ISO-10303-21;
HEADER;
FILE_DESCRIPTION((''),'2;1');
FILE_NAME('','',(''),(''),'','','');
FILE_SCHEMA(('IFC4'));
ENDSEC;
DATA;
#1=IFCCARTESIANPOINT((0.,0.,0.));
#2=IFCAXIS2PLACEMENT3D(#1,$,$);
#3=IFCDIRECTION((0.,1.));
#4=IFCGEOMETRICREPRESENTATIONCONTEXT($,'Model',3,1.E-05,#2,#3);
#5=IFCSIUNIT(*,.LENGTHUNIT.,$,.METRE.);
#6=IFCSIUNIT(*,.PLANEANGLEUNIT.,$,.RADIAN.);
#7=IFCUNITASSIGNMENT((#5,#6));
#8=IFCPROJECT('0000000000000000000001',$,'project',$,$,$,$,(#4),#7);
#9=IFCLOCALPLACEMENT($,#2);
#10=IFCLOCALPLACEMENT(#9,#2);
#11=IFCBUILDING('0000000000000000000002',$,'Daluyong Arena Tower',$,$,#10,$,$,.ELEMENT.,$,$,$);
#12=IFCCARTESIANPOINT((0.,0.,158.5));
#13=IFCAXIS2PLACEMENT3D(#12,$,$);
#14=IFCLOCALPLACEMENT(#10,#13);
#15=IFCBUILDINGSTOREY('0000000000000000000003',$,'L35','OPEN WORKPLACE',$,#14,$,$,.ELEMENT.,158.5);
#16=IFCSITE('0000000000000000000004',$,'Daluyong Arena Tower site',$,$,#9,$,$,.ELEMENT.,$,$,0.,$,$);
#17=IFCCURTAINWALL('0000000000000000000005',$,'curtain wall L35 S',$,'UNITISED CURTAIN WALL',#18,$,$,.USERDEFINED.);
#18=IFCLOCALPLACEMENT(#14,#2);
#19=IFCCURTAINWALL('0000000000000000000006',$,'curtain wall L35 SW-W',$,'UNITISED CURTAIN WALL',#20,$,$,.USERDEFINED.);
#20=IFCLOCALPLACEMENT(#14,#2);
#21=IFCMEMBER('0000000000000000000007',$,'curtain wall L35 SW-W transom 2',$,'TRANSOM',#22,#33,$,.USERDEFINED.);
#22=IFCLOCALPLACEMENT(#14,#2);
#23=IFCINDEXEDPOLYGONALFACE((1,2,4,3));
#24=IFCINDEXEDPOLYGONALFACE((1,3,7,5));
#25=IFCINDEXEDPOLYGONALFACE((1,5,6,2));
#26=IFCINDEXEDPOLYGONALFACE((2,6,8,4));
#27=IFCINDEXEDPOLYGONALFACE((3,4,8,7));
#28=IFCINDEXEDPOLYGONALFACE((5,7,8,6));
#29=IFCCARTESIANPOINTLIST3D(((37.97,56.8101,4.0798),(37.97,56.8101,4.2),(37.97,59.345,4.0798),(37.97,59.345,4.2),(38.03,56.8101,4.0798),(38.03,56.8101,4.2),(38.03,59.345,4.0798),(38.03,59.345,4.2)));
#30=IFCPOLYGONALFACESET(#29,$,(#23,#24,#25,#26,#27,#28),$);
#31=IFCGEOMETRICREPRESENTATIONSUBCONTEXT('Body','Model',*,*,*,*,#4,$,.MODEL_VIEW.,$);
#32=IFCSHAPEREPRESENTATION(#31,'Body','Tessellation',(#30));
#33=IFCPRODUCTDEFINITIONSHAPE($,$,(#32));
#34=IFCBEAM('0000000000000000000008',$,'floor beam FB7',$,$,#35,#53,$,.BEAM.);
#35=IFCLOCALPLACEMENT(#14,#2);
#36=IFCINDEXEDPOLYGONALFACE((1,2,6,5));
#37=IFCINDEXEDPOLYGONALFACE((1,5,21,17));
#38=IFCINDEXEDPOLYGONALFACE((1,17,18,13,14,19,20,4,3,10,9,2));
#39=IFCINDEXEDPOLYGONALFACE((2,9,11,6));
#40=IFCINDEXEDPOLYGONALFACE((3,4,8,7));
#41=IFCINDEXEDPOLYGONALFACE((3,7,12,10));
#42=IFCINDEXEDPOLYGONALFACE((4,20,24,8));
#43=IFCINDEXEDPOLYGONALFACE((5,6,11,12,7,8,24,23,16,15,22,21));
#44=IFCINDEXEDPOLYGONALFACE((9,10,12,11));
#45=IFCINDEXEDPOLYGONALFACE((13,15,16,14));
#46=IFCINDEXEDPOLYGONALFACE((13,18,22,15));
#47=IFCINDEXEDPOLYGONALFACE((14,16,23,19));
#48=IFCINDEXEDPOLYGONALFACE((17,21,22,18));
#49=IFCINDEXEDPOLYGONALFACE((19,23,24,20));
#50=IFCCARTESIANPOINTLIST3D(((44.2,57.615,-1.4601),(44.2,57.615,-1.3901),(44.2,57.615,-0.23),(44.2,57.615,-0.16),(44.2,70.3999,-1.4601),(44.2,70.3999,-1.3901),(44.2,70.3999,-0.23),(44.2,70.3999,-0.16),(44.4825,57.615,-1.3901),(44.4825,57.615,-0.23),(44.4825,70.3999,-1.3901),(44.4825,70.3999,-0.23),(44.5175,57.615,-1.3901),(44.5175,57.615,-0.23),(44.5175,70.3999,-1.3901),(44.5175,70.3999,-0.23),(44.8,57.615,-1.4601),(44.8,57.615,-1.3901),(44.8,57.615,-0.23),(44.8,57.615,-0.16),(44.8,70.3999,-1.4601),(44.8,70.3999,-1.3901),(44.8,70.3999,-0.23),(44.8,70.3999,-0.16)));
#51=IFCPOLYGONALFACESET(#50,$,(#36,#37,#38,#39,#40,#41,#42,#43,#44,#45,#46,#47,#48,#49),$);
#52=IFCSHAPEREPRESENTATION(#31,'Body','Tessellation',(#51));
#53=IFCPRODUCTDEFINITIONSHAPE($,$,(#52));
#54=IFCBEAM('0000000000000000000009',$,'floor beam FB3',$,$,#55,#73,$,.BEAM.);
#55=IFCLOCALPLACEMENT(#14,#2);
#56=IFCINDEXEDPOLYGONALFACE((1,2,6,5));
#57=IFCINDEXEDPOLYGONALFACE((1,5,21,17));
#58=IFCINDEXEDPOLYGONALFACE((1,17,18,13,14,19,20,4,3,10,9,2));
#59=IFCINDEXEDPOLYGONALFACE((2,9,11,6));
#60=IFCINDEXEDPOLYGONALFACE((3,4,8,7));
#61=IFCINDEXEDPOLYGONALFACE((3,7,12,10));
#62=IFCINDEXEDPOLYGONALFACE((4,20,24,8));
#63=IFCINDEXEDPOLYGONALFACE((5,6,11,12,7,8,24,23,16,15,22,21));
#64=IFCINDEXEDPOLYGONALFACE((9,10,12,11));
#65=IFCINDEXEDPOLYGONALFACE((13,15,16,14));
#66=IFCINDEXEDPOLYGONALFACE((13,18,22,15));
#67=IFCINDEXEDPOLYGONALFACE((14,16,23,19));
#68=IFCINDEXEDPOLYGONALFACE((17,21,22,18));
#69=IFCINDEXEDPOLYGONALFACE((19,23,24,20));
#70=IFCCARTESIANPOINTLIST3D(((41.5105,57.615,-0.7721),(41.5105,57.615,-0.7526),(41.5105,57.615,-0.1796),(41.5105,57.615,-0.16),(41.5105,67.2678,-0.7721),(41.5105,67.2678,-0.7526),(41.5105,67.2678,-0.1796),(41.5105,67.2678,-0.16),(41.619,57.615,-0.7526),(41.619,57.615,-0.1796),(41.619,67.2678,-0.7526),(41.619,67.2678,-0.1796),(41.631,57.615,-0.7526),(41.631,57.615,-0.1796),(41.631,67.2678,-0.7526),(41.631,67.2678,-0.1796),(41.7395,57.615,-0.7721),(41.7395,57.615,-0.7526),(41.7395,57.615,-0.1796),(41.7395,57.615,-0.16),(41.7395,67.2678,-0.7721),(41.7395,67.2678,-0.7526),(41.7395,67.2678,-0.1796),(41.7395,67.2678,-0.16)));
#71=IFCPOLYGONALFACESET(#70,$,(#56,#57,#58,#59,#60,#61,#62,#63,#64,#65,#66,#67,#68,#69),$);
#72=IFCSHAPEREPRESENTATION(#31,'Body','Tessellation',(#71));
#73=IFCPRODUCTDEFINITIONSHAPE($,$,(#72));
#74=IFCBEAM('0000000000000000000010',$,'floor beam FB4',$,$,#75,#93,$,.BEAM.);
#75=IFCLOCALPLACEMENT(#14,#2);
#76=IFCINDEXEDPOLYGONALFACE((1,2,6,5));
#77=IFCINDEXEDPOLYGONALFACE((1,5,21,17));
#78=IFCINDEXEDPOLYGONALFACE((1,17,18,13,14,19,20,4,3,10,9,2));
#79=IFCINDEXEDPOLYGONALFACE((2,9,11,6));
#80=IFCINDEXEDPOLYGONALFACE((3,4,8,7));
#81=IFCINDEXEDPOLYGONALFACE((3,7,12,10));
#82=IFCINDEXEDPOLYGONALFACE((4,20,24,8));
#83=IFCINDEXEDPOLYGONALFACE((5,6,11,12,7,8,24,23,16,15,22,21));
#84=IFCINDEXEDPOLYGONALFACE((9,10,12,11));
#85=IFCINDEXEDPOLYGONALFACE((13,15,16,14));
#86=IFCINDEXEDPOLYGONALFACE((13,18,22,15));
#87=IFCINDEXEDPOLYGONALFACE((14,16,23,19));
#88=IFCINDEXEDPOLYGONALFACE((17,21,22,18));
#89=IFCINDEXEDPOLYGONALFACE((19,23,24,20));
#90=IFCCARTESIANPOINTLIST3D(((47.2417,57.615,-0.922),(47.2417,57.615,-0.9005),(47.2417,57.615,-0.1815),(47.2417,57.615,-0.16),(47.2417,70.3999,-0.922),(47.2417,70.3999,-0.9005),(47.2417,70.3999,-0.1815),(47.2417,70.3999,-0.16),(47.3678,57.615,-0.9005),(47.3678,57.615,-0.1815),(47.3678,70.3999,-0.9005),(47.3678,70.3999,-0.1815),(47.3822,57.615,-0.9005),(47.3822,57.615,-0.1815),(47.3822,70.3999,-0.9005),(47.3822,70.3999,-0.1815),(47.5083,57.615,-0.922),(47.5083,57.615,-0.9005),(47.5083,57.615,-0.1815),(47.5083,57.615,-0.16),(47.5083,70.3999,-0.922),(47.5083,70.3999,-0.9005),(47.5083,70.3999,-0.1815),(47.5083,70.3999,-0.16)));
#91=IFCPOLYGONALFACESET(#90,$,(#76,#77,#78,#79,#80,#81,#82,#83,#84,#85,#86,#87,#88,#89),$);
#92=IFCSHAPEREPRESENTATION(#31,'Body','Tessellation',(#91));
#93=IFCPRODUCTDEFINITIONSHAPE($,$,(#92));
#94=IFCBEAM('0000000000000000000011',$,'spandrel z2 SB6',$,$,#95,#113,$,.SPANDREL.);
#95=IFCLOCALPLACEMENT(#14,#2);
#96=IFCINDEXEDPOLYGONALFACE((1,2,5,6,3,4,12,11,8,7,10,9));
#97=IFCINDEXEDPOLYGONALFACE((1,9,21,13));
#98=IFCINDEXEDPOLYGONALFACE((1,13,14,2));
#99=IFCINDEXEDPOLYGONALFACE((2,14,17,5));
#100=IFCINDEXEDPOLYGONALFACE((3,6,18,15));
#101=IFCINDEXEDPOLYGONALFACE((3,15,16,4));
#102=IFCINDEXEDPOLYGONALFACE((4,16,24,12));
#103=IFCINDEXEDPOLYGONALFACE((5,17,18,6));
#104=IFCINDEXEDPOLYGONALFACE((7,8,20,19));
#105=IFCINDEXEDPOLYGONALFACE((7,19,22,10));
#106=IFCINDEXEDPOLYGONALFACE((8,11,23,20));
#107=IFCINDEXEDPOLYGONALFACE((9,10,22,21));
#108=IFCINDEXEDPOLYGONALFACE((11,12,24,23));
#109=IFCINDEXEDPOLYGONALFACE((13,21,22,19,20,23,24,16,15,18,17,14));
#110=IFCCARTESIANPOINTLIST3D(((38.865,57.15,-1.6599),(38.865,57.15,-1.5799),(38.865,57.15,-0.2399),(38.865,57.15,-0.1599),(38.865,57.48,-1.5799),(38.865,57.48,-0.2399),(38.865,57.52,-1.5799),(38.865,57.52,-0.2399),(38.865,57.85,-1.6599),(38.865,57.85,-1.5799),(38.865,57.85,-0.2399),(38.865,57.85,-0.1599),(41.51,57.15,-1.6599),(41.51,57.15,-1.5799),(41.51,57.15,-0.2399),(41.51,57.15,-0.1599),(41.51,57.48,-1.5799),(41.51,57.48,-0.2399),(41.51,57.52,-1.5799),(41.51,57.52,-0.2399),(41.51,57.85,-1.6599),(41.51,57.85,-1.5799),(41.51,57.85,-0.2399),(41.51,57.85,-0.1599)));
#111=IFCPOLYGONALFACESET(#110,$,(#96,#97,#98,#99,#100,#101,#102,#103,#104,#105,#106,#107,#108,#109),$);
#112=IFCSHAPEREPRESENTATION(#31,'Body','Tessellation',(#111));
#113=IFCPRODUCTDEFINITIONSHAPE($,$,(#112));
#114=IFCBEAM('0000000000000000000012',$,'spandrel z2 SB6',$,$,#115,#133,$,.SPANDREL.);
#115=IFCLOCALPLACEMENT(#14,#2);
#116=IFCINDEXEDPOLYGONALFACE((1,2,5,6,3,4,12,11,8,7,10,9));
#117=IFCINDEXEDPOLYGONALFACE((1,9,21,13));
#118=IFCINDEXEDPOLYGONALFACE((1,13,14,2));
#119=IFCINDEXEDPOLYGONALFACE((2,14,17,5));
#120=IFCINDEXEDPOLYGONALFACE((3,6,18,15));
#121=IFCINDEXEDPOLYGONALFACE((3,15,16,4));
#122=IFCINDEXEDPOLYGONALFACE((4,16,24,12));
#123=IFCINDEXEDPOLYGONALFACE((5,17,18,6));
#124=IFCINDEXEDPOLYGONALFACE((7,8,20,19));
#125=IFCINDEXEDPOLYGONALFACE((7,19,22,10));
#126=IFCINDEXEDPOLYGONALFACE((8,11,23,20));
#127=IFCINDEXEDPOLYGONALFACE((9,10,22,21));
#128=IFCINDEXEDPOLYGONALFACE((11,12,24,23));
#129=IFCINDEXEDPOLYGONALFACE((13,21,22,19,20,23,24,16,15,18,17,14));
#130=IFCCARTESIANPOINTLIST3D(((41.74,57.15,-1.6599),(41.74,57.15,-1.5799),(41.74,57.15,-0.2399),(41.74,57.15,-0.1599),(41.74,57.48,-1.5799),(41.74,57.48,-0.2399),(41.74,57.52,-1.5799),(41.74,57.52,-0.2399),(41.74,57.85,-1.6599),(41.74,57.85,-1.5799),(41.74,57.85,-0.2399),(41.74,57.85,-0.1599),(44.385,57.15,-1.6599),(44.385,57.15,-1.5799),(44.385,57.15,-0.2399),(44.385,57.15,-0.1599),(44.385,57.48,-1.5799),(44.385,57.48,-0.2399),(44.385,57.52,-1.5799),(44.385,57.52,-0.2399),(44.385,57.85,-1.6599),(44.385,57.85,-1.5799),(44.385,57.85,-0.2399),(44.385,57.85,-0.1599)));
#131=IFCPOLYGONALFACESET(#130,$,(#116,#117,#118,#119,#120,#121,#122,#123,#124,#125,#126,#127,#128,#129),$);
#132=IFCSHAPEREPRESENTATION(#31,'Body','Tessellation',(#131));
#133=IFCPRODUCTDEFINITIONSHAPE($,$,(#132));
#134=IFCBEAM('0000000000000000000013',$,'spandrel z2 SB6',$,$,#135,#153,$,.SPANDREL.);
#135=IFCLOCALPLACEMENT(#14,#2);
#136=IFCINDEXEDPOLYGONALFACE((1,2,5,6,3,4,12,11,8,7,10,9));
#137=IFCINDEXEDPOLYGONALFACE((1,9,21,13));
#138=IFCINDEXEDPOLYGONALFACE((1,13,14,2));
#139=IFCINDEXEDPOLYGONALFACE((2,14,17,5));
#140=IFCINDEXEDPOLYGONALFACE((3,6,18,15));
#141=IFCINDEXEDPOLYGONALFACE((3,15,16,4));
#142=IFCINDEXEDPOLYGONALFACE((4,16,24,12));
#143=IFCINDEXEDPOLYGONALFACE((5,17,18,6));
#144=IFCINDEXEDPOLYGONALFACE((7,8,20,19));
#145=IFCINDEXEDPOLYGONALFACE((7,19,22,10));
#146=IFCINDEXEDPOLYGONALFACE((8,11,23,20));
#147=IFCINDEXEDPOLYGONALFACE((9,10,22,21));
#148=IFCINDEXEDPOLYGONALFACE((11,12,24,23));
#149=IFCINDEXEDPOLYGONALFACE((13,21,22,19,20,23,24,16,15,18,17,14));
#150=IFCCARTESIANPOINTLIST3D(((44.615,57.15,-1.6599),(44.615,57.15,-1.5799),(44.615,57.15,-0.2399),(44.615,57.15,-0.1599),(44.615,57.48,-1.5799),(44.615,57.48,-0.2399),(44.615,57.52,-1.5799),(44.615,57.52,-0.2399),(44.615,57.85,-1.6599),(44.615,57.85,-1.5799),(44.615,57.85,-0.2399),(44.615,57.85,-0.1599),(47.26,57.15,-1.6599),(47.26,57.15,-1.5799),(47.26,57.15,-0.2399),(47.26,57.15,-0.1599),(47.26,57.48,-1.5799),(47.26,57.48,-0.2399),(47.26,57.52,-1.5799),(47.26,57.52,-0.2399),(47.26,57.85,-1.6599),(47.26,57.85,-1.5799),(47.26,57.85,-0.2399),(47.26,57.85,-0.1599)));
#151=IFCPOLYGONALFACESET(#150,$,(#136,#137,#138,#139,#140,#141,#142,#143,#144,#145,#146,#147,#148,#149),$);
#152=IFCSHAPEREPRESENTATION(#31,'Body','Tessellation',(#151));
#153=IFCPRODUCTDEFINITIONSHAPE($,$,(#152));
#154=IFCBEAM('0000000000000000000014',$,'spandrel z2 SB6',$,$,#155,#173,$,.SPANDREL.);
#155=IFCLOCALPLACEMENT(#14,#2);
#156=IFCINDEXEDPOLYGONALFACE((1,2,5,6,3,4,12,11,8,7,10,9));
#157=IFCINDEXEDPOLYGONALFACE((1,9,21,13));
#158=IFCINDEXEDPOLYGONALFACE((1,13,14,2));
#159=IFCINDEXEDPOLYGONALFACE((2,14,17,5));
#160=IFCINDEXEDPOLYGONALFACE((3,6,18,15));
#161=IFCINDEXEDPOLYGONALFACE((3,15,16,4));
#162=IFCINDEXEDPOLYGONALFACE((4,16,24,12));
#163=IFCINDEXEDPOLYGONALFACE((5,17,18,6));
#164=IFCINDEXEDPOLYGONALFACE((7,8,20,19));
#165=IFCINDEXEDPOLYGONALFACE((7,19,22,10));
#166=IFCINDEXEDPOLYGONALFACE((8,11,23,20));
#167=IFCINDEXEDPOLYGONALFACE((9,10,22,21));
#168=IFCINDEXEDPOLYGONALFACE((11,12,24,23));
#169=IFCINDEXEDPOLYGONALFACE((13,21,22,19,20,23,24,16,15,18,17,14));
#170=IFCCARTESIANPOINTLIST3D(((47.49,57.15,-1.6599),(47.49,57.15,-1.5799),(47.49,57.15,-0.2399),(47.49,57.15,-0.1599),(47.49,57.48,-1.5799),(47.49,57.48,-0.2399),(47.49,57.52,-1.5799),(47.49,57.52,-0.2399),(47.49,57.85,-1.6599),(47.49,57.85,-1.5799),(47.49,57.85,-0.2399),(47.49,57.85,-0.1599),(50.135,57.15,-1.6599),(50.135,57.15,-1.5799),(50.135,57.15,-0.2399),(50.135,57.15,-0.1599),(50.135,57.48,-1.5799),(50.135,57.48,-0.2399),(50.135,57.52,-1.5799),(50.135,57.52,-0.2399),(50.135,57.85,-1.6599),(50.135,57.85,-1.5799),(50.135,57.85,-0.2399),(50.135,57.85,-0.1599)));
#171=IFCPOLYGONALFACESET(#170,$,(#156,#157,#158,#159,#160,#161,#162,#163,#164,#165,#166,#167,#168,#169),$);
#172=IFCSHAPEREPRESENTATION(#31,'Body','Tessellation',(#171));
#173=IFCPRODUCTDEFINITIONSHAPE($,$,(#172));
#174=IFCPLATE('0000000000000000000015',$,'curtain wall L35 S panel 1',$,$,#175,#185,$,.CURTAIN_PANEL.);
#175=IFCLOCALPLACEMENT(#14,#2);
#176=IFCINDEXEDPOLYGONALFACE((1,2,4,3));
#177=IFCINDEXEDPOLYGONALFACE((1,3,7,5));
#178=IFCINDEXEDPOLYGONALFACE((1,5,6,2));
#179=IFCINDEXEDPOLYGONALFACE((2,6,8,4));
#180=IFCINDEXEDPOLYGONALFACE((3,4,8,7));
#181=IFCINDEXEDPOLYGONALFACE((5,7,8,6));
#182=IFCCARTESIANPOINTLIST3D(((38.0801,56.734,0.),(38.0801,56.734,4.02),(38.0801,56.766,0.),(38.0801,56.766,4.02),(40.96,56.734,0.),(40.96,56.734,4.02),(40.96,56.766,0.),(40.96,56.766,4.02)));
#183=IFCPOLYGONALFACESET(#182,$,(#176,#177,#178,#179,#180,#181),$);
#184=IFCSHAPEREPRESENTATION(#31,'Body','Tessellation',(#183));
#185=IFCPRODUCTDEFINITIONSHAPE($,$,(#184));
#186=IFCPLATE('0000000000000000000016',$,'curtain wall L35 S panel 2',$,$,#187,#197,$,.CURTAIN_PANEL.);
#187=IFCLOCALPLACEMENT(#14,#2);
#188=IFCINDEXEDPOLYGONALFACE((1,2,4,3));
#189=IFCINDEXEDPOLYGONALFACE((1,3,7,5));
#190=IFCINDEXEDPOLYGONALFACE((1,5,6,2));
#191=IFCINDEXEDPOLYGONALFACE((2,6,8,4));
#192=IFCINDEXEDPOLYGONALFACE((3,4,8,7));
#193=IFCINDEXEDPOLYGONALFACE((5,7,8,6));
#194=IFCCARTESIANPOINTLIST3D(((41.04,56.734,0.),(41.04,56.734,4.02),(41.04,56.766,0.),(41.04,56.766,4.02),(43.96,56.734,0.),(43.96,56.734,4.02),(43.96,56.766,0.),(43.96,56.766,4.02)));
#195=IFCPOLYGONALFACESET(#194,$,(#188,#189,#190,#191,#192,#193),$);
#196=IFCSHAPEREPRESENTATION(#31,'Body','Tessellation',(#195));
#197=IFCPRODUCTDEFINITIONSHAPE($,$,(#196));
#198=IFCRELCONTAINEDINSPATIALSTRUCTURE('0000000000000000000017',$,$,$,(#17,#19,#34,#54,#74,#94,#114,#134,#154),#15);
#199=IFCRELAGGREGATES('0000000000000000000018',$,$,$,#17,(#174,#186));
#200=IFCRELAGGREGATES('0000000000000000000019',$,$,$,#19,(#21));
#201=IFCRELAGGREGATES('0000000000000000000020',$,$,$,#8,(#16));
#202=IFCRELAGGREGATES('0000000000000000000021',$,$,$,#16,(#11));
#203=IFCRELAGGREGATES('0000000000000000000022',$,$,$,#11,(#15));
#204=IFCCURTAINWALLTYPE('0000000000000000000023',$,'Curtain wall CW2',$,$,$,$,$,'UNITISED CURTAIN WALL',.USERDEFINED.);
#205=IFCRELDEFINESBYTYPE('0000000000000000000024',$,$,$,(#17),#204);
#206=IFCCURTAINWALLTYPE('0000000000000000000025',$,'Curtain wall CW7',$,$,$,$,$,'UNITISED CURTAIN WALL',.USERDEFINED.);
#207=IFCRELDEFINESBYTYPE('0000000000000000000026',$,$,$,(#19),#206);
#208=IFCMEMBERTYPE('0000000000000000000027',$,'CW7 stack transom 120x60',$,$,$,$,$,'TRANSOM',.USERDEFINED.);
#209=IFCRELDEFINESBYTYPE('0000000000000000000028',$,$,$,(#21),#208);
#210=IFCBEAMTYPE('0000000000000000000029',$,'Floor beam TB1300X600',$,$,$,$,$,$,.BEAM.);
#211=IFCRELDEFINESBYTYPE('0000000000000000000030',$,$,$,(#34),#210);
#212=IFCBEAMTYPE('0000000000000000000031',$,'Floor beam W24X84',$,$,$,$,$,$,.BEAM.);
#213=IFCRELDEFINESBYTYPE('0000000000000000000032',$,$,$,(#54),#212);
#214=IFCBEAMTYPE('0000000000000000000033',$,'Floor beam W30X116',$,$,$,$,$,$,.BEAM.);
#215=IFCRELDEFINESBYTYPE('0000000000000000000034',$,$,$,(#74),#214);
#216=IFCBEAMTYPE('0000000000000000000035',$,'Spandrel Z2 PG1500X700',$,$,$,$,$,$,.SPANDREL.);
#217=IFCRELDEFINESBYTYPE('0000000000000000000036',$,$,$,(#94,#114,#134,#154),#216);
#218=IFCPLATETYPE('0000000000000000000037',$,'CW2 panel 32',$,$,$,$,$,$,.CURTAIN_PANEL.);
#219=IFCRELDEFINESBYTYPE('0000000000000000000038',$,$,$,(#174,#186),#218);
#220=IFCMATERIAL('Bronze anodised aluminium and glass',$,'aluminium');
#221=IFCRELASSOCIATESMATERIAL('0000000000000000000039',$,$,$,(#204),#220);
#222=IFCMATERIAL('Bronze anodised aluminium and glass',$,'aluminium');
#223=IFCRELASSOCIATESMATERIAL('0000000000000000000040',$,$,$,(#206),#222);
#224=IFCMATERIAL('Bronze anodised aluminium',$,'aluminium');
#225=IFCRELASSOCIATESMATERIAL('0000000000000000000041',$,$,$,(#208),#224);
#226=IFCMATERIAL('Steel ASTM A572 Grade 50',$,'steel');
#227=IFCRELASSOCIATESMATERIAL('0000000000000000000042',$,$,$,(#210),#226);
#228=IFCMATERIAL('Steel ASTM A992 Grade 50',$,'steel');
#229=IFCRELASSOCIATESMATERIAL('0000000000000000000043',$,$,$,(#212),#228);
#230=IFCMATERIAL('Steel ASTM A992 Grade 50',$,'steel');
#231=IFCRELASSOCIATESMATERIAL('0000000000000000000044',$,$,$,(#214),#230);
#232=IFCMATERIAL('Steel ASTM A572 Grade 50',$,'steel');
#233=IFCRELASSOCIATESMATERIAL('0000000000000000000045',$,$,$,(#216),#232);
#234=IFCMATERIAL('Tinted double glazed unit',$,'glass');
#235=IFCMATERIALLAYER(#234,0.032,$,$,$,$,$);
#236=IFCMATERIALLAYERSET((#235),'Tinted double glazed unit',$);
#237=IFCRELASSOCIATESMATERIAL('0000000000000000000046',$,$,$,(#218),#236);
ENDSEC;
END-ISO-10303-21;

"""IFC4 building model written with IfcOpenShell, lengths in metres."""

from ifc_helpers import new_model, si_unit, direction, frame, origin, origin_2d, place, context, subcontext, project, spatial, rectangle, i_section, extrude, material, layer, layer_set, material_profile, profile_set, type_object, element, aggregate, save


model = new_model("IFC4")

# Units and contexts
model_context = context("Model", 3, precision=1e-05, world=origin(), true_north=direction((0.0, 1.0)))
body_context = subcontext(model_context, "Body", "Model", "MODEL_VIEW")
ifc_project = project(units=[si_unit("LENGTHUNIT", "METRE"), si_unit("PLANEANGLEUNIT", "RADIAN")], contexts=[model_context])

# Site, building, storey
site_placement = place(None, origin())
site = spatial("IfcSite", under=ifc_project, at=site_placement, Name="Daluyong Arena Tower site", CompositionType="ELEMENT", RefElevation=0.0)
building_placement = place(site_placement, origin())
building = spatial("IfcBuilding", under=site, at=building_placement, Name="Daluyong Arena Tower", CompositionType="ELEMENT")
storey_placement = place(building_placement, frame((0.0, 0.0, 158.5)))
storey = spatial("IfcBuildingStorey", under=building, at=storey_placement, Name="L35", Description="OPEN WORKPLACE", CompositionType="ELEMENT", Elevation=158.5)

# Curtain walls, member
ifc_material_1 = material(Name="Bronze anodised aluminium and glass", Category="aluminium")
curtain_wall_type_1 = type_object("IfcCurtainWallType", Name="Curtain wall CW2", ElementType="UNITISED CURTAIN WALL", PredefinedType="USERDEFINED", material=ifc_material_1)
curtain_wall_1_placement = place(storey_placement, origin())
curtain_wall_1 = element("IfcCurtainWall", 1, at=curtain_wall_1_placement, inside=storey, type_object=curtain_wall_type_1, Name="curtain wall L35 S", ObjectType="UNITISED CURTAIN WALL", PredefinedType="USERDEFINED")
ifc_material_2 = material(Name="Bronze anodised aluminium and glass", Category="aluminium")
curtain_wall_type_2 = type_object("IfcCurtainWallType", Name="Curtain wall CW7", ElementType="UNITISED CURTAIN WALL", PredefinedType="USERDEFINED", material=ifc_material_2)
curtain_wall_2_placement = place(storey_placement, origin())
curtain_wall_2 = element("IfcCurtainWall", 2, at=curtain_wall_2_placement, inside=storey, type_object=curtain_wall_type_2, Name="curtain wall L35 SW-W", ObjectType="UNITISED CURTAIN WALL", PredefinedType="USERDEFINED")
ifc_material_3 = material(Name="Bronze anodised aluminium", Category="aluminium")
ifc_material_profile_1 = material_profile(ifc_material_3, rectangle(XDim=0.0601, YDim=0.1201, at=origin_2d()))
ifc_profile_set_1 = profile_set([ifc_material_profile_1], Name="Bronze anodised aluminium")
member_type_1 = type_object("IfcMemberType", Name="CW7 stack transom 120x60", ElementType="TRANSOM", PredefinedType="USERDEFINED", material=ifc_profile_set_1)
member_1_placement = place(storey_placement, frame((38.0, 59.345, 4.1399), z_axis=(0.0, -1.0, 0.0), x_axis=(1.0, 0.0, 0.0)))
member_1 = element("IfcMember", 3, at=member_1_placement, type_object=member_type_1, Name="curtain wall L35 SW-W transom 2", ObjectType="TRANSOM", PredefinedType="USERDEFINED", context=body_context, shape_type="SweptSolid", body=[
    extrude(rectangle(XDim=0.0601, YDim=0.1201, at=origin_2d()), origin(), (0.0, 0.0, 1.0), 2.5349),
])

# Beams
ifc_material_4 = material(Name="Steel ASTM A572 Grade 50", Category="steel")
ifc_material_profile_2 = material_profile(ifc_material_4, i_section(OverallWidth=0.6001, OverallDepth=1.3, WebThickness=0.035, FlangeThickness=0.07, at=origin_2d()))
ifc_profile_set_2 = profile_set([ifc_material_profile_2], Name="Steel ASTM A572 Grade 50")
beam_type_1 = type_object("IfcBeamType", Name="Floor beam TB1300X600", PredefinedType="BEAM", material=ifc_profile_set_2)
beam_1_placement = place(storey_placement, frame((44.5, 57.615, -0.8101), z_axis=(0.0, 1.0, 0.0), x_axis=(-1.0, 0.0, 0.0)))
element("IfcBeam", 4, at=beam_1_placement, inside=storey, type_object=beam_type_1, Name="floor beam FB7", PredefinedType="BEAM", context=body_context, shape_type="SweptSolid", body=[
    extrude(i_section(OverallWidth=0.6001, OverallDepth=1.3, WebThickness=0.035, FlangeThickness=0.07, at=origin_2d()), origin(), (0.0, 0.0, 1.0), 12.7849),
])
ifc_material_5 = material(Name="Steel ASTM A992 Grade 50", Category="steel")
ifc_material_profile_3 = material_profile(ifc_material_5, i_section(OverallWidth=0.229, OverallDepth=0.6121, WebThickness=0.012, FlangeThickness=0.0195, at=origin_2d()))
ifc_profile_set_3 = profile_set([ifc_material_profile_3], Name="Steel ASTM A992 Grade 50")
beam_type_2 = type_object("IfcBeamType", Name="Floor beam W24X84", PredefinedType="BEAM", material=ifc_profile_set_3)
beam_2_placement = place(storey_placement, frame((41.625, 57.615, -0.4661), z_axis=(0.0, 1.0, 0.0), x_axis=(-1.0, 0.0, 0.0)))
element("IfcBeam", 5, at=beam_2_placement, inside=storey, type_object=beam_type_2, Name="floor beam FB3", PredefinedType="BEAM", context=body_context, shape_type="SweptSolid", body=[
    extrude(i_section(OverallWidth=0.229, OverallDepth=0.6121, WebThickness=0.012, FlangeThickness=0.0195, at=origin_2d()), origin(), (0.0, 0.0, 1.0), 9.6528),
])
ifc_material_6 = material(Name="Steel ASTM A992 Grade 50", Category="steel")
ifc_material_profile_4 = material_profile(ifc_material_6, i_section(OverallWidth=0.2666, OverallDepth=0.762, WebThickness=0.0144, FlangeThickness=0.0215, at=origin_2d()))
ifc_profile_set_4 = profile_set([ifc_material_profile_4], Name="Steel ASTM A992 Grade 50")
beam_type_3 = type_object("IfcBeamType", Name="Floor beam W30X116", PredefinedType="BEAM", material=ifc_profile_set_4)
beam_3_placement = place(storey_placement, frame((47.375, 57.615, -0.541), z_axis=(0.0, 1.0, 0.0), x_axis=(-1.0, 0.0, 0.0)))
element("IfcBeam", 6, at=beam_3_placement, inside=storey, type_object=beam_type_3, Name="floor beam FB4", PredefinedType="BEAM", context=body_context, shape_type="SweptSolid", body=[
    extrude(i_section(OverallWidth=0.2666, OverallDepth=0.762, WebThickness=0.0144, FlangeThickness=0.0215, at=origin_2d()), origin(), (0.0, 0.0, 1.0), 12.7849),
])
ifc_material_7 = material(Name="Steel ASTM A572 Grade 50", Category="steel")
ifc_material_profile_5 = material_profile(ifc_material_7, i_section(OverallWidth=0.7, OverallDepth=1.5, WebThickness=0.04, FlangeThickness=0.08, at=origin_2d()))
ifc_profile_set_5 = profile_set([ifc_material_profile_5], Name="Steel ASTM A572 Grade 50")
beam_type_4 = type_object("IfcBeamType", Name="Spandrel Z2 PG1500X700", PredefinedType="SPANDREL", material=ifc_profile_set_5)
for number, where, z_axis, x_axis, name in (
    (7, (38.865, 57.5, -0.9099), (1.0, 0.0, 0.0), (0.0, 1.0, 0.0), "spandrel z2 SB6"),
    (8, (41.74, 57.5, -0.9099), (1.0, 0.0, 0.0), (0.0, 1.0, 0.0), "spandrel z2 SB6"),
    (9, (44.615, 57.5, -0.9099), (1.0, 0.0, 0.0), (0.0, 1.0, 0.0), "spandrel z2 SB6"),
    (10, (47.49, 57.5, -0.9099), (1.0, 0.0, 0.0), (0.0, 1.0, 0.0), "spandrel z2 SB6"),
):
    element("IfcBeam", number, at=place(storey_placement, frame(where, z_axis=z_axis, x_axis=x_axis)), inside=storey, type_object=beam_type_4, Name=name, PredefinedType="SPANDREL", context=body_context, shape_type="SweptSolid", body=[
        extrude(i_section(OverallWidth=0.7, OverallDepth=1.5, WebThickness=0.04, FlangeThickness=0.08, at=origin_2d()), origin(), (0.0, 0.0, 1.0), 2.645),
    ])

# Plates
ifc_material_8 = material(Name="Tinted double glazed unit", Category="glass")
ifc_layer_1 = layer(ifc_material_8, 0.032)
ifc_layer_set_1 = layer_set([ifc_layer_1], Name="Tinted double glazed unit")
plate_type_1 = type_object("IfcPlateType", Name="CW2 panel 32", PredefinedType="CURTAIN_PANEL", material=ifc_layer_set_1)
plate_1_placement = place(storey_placement, frame((39.52, 56.75, 0.0), z_axis=(0.0, 0.0, 1.0), x_axis=(1.0, 0.0, 0.0)))
plate_1 = element("IfcPlate", 11, at=plate_1_placement, type_object=plate_type_1, Name="curtain wall L35 S panel 1", PredefinedType="CURTAIN_PANEL", context=body_context, shape_type="SweptSolid", body=[
    extrude(rectangle(XDim=2.8799, YDim=0.032, at=origin_2d()), origin(), (0.0, 0.0, 1.0), 4.02),
])
plate_2_placement = place(storey_placement, frame((42.5, 56.75, 0.0), z_axis=(0.0, 0.0, 1.0), x_axis=(1.0, 0.0, 0.0)))
plate_2 = element("IfcPlate", 12, at=plate_2_placement, type_object=plate_type_1, Name="curtain wall L35 S panel 2", PredefinedType="CURTAIN_PANEL", context=body_context, shape_type="SweptSolid", body=[
    extrude(rectangle(XDim=2.9199, YDim=0.032, at=origin_2d()), origin(), (0.0, 0.0, 1.0), 4.02),
])
aggregate(curtain_wall_1, [plate_1, plate_2])
aggregate(curtain_wall_2, [member_1])

save(model, "model.ifc")
